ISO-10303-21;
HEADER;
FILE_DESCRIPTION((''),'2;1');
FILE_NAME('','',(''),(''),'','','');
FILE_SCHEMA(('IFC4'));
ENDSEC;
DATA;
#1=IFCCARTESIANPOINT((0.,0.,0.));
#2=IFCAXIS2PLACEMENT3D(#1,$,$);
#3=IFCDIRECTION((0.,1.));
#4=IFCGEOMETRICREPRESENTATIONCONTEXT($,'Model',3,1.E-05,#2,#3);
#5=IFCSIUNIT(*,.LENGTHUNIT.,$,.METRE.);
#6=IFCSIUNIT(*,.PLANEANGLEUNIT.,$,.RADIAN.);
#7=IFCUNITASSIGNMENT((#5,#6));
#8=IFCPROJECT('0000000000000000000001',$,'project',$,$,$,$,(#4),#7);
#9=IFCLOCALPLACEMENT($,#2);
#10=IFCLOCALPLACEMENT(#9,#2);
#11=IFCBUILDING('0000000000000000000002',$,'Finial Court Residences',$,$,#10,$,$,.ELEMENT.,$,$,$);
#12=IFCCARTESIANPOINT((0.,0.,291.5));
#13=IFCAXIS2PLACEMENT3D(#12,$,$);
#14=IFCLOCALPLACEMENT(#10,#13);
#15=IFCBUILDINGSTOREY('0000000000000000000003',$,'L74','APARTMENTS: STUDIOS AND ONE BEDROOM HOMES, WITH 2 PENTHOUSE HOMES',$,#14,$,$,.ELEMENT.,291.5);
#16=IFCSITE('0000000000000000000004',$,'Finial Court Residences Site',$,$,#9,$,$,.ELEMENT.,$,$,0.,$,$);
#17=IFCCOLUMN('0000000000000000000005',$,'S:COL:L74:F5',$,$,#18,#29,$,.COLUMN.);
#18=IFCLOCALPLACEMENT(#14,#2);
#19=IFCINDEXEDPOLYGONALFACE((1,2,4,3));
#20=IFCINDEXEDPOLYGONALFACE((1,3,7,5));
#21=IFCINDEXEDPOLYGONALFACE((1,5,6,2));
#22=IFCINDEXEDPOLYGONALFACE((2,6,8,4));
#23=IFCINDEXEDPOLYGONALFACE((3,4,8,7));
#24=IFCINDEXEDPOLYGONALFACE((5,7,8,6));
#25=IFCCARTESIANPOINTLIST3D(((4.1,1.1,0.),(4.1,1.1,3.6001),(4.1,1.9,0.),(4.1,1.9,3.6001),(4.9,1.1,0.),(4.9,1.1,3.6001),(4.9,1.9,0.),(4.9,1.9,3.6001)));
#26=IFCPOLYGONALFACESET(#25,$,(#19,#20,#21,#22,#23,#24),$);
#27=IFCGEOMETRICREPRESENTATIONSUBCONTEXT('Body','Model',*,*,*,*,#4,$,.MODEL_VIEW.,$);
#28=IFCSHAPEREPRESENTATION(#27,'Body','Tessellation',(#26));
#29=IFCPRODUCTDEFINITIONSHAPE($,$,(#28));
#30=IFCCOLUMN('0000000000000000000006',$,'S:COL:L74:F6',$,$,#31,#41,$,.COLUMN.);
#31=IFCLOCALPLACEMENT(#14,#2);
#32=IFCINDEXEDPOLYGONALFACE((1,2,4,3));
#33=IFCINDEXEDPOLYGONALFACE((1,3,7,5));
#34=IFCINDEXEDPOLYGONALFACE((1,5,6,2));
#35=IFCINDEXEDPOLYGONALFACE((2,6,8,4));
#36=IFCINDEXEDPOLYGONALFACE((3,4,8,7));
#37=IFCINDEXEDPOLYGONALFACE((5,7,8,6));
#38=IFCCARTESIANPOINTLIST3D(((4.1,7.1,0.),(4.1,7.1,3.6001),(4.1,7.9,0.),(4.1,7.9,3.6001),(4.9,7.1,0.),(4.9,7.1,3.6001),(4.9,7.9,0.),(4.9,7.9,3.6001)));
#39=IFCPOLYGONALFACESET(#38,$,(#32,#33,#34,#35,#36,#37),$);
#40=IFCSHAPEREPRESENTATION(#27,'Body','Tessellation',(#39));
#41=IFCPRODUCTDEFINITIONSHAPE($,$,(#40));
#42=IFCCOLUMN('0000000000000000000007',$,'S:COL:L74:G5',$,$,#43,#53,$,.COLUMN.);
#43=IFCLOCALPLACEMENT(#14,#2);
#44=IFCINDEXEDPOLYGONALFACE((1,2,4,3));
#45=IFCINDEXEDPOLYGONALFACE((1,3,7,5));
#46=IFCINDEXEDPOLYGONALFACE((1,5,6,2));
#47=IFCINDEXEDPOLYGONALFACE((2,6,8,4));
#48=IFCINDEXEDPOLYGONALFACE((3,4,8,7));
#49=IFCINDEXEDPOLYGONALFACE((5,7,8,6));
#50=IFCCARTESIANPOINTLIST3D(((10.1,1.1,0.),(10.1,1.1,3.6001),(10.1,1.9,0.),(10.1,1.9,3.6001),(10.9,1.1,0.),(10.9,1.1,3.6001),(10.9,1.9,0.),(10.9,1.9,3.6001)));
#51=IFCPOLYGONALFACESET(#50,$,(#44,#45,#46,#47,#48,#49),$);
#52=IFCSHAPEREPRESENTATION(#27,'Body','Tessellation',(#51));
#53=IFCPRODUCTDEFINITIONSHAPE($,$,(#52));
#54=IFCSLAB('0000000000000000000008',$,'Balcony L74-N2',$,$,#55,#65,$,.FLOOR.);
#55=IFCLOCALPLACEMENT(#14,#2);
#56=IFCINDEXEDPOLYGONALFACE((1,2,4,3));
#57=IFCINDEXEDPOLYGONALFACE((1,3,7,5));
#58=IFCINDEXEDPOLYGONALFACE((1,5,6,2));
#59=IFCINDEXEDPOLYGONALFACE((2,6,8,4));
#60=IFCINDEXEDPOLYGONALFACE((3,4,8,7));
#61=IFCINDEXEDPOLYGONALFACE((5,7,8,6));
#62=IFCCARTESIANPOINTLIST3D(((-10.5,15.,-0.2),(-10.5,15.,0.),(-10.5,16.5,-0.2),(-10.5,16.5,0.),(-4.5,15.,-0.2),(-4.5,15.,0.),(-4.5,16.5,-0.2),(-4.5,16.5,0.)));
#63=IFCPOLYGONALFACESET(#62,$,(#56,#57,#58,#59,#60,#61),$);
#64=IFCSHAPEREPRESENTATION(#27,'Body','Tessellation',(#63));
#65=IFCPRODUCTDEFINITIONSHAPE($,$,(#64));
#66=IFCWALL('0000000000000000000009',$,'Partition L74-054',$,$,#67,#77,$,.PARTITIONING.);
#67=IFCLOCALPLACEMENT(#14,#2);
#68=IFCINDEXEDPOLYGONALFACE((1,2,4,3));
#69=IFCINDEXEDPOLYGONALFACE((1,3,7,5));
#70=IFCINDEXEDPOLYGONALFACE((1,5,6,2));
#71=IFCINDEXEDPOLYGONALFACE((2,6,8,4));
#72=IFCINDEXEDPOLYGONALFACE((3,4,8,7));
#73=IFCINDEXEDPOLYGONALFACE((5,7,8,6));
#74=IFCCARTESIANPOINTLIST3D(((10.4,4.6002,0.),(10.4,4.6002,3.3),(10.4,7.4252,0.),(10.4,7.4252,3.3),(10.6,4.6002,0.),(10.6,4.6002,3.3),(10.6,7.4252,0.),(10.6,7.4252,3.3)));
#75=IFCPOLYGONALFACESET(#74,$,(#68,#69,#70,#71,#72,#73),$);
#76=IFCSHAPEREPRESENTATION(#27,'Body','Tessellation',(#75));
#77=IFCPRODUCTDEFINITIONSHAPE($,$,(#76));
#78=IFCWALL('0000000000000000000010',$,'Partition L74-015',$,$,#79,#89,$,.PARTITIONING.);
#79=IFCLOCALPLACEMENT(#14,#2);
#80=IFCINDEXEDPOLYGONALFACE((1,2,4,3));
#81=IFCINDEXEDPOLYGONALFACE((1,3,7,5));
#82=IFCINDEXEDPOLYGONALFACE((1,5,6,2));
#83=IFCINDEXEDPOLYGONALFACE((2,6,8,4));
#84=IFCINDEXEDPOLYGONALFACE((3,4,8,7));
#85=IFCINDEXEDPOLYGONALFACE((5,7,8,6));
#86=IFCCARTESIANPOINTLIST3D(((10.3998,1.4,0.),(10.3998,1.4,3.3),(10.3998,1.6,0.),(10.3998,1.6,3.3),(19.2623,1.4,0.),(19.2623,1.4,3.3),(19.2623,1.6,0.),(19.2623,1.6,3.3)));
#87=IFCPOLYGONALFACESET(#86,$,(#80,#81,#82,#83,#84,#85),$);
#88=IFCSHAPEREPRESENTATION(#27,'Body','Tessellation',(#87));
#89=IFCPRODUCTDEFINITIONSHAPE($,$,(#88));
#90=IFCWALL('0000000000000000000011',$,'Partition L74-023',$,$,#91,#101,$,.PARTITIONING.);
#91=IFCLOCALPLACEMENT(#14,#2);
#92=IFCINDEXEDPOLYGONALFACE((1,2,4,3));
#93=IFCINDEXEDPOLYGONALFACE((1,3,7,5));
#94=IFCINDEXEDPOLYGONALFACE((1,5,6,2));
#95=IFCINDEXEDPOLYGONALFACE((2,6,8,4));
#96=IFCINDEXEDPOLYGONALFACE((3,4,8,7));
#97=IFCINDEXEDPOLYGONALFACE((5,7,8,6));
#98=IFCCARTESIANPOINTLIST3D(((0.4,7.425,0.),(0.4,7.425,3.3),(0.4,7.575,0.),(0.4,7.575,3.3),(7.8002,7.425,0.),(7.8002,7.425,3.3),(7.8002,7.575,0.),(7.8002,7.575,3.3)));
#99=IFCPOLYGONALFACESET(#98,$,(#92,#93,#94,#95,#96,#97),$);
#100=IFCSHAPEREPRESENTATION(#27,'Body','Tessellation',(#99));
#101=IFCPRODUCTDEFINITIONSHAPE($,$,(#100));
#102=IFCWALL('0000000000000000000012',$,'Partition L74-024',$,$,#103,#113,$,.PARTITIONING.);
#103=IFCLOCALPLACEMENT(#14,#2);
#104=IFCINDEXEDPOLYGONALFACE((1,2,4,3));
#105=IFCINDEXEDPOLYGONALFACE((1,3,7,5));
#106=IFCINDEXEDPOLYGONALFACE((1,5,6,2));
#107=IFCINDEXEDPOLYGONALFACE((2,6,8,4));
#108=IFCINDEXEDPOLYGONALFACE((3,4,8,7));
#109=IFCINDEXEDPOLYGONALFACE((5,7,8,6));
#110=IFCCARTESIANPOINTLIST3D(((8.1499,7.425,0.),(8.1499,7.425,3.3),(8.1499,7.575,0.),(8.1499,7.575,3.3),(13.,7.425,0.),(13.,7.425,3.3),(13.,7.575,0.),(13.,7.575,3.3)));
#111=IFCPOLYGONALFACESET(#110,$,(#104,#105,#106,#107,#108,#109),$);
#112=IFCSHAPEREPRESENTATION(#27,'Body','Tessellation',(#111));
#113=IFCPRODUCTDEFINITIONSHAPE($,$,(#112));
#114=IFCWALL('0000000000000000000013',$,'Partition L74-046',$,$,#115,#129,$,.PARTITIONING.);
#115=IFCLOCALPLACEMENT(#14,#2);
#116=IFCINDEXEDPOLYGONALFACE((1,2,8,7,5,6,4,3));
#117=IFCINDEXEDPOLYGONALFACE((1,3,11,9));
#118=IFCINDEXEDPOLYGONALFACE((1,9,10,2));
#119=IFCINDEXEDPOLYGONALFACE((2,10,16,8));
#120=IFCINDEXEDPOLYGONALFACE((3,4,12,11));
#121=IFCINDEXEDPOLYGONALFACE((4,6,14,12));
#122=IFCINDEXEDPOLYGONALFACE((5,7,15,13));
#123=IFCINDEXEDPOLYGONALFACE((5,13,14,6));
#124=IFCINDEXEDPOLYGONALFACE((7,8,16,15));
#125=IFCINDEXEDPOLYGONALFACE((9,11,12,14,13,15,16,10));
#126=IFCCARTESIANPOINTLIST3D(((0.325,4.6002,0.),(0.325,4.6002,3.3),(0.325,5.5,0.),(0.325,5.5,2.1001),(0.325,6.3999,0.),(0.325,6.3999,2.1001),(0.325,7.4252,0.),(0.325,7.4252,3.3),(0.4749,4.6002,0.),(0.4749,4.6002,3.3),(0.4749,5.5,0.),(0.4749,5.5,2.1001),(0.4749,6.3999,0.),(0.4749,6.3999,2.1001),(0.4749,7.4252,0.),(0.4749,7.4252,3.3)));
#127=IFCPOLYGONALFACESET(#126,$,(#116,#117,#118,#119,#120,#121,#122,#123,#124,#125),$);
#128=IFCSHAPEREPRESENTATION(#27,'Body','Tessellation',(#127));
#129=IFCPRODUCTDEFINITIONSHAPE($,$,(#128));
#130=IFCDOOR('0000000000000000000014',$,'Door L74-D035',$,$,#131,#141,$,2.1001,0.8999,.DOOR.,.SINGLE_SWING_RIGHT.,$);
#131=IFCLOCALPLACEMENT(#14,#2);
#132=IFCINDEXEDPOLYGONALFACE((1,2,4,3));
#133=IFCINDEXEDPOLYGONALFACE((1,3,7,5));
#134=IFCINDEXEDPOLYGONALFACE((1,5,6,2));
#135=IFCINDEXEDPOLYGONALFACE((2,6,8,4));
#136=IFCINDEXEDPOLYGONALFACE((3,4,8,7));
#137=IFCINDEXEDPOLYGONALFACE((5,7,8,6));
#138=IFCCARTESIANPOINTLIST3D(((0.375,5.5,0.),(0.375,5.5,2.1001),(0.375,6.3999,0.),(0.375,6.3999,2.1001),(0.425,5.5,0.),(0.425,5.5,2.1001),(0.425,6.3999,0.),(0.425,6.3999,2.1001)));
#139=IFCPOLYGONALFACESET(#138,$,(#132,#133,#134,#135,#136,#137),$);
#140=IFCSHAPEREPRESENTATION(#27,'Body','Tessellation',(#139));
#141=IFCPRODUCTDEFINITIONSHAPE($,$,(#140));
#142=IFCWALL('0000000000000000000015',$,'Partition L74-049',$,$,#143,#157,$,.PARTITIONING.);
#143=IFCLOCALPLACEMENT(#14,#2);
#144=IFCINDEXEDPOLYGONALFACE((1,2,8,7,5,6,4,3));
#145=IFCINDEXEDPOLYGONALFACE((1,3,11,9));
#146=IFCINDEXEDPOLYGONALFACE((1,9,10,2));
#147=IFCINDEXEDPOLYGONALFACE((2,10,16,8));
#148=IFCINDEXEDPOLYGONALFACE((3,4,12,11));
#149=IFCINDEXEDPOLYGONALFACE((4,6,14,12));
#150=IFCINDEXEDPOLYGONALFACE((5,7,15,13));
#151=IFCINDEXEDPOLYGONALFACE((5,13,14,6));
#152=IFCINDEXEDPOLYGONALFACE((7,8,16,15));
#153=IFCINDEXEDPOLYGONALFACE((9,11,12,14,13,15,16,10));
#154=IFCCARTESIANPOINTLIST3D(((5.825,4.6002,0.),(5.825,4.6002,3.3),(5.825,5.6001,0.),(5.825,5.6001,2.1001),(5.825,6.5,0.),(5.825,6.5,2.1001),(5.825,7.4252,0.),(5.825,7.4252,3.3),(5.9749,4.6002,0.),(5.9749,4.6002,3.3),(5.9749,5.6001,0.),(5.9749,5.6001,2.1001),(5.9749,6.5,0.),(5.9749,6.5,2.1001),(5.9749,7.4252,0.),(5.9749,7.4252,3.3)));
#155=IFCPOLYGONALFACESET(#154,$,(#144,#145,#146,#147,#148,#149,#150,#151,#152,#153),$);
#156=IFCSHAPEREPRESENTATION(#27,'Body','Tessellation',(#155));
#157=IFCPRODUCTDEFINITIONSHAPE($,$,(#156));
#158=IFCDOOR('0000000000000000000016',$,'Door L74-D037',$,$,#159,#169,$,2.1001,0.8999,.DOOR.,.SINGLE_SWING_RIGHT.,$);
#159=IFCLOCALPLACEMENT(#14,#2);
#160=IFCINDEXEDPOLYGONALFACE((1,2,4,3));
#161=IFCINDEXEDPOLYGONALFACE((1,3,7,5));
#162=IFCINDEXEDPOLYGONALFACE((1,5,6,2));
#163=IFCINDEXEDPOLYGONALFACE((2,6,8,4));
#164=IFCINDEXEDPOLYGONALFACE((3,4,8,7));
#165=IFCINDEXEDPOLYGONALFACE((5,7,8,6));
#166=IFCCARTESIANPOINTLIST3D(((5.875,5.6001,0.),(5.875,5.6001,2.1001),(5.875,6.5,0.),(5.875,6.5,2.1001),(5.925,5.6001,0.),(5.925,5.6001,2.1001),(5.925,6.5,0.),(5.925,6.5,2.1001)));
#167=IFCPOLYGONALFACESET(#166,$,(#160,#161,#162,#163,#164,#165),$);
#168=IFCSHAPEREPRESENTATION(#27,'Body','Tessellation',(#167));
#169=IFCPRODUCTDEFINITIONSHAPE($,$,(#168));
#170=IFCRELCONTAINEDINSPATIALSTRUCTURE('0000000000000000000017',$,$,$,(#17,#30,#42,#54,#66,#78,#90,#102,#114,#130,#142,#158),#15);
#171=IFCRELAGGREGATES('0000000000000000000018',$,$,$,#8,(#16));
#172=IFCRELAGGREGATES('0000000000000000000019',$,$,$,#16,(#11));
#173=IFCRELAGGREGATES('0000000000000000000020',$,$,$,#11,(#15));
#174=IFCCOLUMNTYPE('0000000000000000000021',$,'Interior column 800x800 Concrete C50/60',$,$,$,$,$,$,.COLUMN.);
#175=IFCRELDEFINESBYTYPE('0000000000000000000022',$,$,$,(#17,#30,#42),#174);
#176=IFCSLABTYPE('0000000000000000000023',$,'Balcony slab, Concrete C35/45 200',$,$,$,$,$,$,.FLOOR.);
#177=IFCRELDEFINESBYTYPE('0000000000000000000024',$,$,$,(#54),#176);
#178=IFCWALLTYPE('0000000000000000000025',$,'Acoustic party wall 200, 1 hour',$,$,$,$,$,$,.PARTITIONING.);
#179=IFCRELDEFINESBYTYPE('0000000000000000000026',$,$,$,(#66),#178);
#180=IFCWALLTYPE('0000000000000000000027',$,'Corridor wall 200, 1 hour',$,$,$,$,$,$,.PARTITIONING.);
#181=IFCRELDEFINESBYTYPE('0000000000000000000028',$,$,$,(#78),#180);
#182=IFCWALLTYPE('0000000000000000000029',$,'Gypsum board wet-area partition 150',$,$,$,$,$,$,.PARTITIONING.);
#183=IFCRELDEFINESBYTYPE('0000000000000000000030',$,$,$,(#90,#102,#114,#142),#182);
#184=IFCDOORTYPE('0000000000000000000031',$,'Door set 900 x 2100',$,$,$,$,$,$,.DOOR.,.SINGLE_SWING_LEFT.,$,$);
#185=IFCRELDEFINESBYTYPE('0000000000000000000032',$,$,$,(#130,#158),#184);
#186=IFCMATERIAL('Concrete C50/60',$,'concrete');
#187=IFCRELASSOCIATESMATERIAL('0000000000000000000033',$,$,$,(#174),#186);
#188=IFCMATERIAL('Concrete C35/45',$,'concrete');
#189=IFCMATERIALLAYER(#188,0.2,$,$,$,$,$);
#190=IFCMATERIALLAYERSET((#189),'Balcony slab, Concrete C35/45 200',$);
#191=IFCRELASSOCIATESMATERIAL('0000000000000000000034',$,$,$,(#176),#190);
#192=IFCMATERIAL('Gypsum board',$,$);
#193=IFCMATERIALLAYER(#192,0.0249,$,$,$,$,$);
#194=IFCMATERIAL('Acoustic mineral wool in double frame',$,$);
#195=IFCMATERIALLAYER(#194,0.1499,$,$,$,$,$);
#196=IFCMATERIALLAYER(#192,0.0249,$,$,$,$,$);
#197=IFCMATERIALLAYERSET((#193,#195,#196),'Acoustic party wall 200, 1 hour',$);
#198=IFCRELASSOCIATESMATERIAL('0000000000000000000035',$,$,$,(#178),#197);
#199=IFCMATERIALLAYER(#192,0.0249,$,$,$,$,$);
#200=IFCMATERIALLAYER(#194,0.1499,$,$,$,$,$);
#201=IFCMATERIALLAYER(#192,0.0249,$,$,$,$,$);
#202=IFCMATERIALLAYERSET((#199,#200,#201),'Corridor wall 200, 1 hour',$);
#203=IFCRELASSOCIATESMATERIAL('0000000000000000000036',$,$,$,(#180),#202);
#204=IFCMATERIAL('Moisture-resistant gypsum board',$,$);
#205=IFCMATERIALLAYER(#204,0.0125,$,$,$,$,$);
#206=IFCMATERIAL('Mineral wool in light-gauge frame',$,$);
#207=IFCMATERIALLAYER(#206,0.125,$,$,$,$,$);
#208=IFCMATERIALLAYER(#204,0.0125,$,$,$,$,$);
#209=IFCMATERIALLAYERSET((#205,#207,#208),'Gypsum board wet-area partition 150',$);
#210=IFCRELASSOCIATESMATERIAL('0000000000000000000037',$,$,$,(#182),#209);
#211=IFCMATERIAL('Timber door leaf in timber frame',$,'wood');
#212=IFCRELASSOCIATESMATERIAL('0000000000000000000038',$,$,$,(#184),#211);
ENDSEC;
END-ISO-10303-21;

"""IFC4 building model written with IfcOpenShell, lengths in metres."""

from ifc_helpers import new_model, si_unit, direction, frame, frame_2d, origin, origin_2d, place, context, subcontext, project, spatial, polyline, rectangle, outline, extrude, material, layer, layer_set, material_profile, profile_set, type_object, element, fill, save


model = new_model("IFC4")

# Units and contexts
model_context = context("Model", 3, precision=1e-05, world=origin(), true_north=direction((0.0, 1.0)))
body_context = subcontext(model_context, "Body", "Model", "MODEL_VIEW")
ifc_project = project(units=[si_unit("LENGTHUNIT", "METRE"), si_unit("PLANEANGLEUNIT", "RADIAN")], contexts=[model_context])

# Site, building, storey
site_placement = place(None, origin())
site = spatial("IfcSite", under=ifc_project, at=site_placement, Name="Finial Court Residences Site", CompositionType="ELEMENT", RefElevation=0.0)
building_placement = place(site_placement, origin())
building = spatial("IfcBuilding", under=site, at=building_placement, Name="Finial Court Residences", CompositionType="ELEMENT")
storey_placement = place(building_placement, frame((0.0, 0.0, 291.5)))
storey = spatial("IfcBuildingStorey", under=building, at=storey_placement, Name="L74", Description="APARTMENTS: STUDIOS AND ONE BEDROOM HOMES, WITH 2 PENTHOUSE HOMES", CompositionType="ELEMENT", Elevation=291.5)

# Columns
ifc_material_1 = material(Name="Concrete C50/60", Category="concrete")
ifc_material_profile = material_profile(ifc_material_1, rectangle(XDim=0.8, YDim=0.8, at=origin_2d()), Name="800x800")
ifc_profile_set = profile_set([ifc_material_profile], Name="Concrete C50/60")
column_type = type_object("IfcColumnType", Name="Interior column 800x800 Concrete C50/60", PredefinedType="COLUMN", material=ifc_profile_set)
for number, where, z_axis, x_axis, name in (
    (1, (4.5, 1.5, 0.0), (0.0, 0.0, 1.0), (1.0, 0.0, 0.0), "S:COL:L74:F5"),
    (2, (4.5, 7.5, 0.0), (0.0, 0.0, 1.0), (1.0, 0.0, 0.0), "S:COL:L74:F6"),
    (3, (10.5, 1.5, 0.0), (0.0, 0.0, 1.0), (1.0, 0.0, 0.0), "S:COL:L74:G5"),
):
    element("IfcColumn", number, at=place(storey_placement, frame(where, z_axis=z_axis, x_axis=x_axis)), inside=storey, type_object=column_type, Name=name, PredefinedType="COLUMN", context=body_context, shape_type="SweptSolid", body=[
        extrude(rectangle(XDim=0.8, YDim=0.8, at=origin_2d()), origin(), (0.0, 0.0, 1.0), 3.6001),
    ])

# Slab
ifc_material_2 = material(Name="Concrete C35/45", Category="concrete")
ifc_layer_1 = layer(ifc_material_2, 0.2)
ifc_layer_set_1 = layer_set([ifc_layer_1], Name="Balcony slab, Concrete C35/45 200")
slab_type = type_object("IfcSlabType", Name="Balcony slab, Concrete C35/45 200", PredefinedType="FLOOR", material=ifc_layer_set_1)
slab_placement = place(storey_placement, frame((0.0, 0.0, -0.2)))
element("IfcSlab", 4, at=slab_placement, inside=storey, type_object=slab_type, Name="Balcony L74-N2", PredefinedType="FLOOR", context=body_context, shape_type="SweptSolid", body=[
    extrude(outline(polyline([(-4.5, 15.0), (-4.5, 16.5), (-10.5, 16.5), (-10.5, 15.0), (-4.5, 15.0)])), origin(), (0.0, 0.0, 1.0), 0.2),
])

# Walls
ifc_material_3 = material(Name="Gypsum board")
ifc_layer_2 = layer(ifc_material_3, 0.0249)
ifc_material_4 = material(Name="Acoustic mineral wool in double frame")
ifc_layer_3 = layer(ifc_material_4, 0.1499)
ifc_layer_4 = layer(ifc_material_3, 0.0249)
ifc_layer_set_2 = layer_set([ifc_layer_2, ifc_layer_3, ifc_layer_4], Name="Acoustic party wall 200, 1 hour")
wall_type_1 = type_object("IfcWallType", Name="Acoustic party wall 200, 1 hour", PredefinedType="PARTITIONING", material=ifc_layer_set_2)
wall_1_placement = place(storey_placement, frame((10.5, 4.6001, 0.0), z_axis=(0.0, 0.0, 1.0), x_axis=(0.0, 1.0, 0.0)))
element("IfcWall", 5, at=wall_1_placement, inside=storey, type_object=wall_type_1, Name="Partition L74-054", PredefinedType="PARTITIONING", context=body_context, shape_type="SweptSolid", body=[
    extrude(rectangle(XDim=2.825, YDim=0.2, at=frame_2d((1.4126, 0.0))), origin(), (0.0, 0.0, 1.0), 3.3),
])
ifc_layer_5 = layer(ifc_material_3, 0.0249)
ifc_layer_6 = layer(ifc_material_4, 0.1499)
ifc_layer_7 = layer(ifc_material_3, 0.0249)
ifc_layer_set_3 = layer_set([ifc_layer_5, ifc_layer_6, ifc_layer_7], Name="Corridor wall 200, 1 hour")
wall_type_2 = type_object("IfcWallType", Name="Corridor wall 200, 1 hour", PredefinedType="PARTITIONING", material=ifc_layer_set_3)
wall_2_placement = place(storey_placement, frame((10.3999, 1.5, 0.0), z_axis=(0.0, 0.0, 1.0), x_axis=(1.0, 0.0, 0.0)))
element("IfcWall", 6, at=wall_2_placement, inside=storey, type_object=wall_type_2, Name="Partition L74-015", PredefinedType="PARTITIONING", context=body_context, shape_type="SweptSolid", body=[
    extrude(rectangle(XDim=8.8625, YDim=0.2, at=frame_2d((4.4312, 0.0))), origin(), (0.0, 0.0, 1.0), 3.3),
])
ifc_material_5 = material(Name="Moisture-resistant gypsum board")
ifc_layer_8 = layer(ifc_material_5, 0.0125)
ifc_material_6 = material(Name="Mineral wool in light-gauge frame")
ifc_layer_9 = layer(ifc_material_6, 0.125)
ifc_layer_10 = layer(ifc_material_5, 0.0125)
ifc_layer_set_4 = layer_set([ifc_layer_8, ifc_layer_9, ifc_layer_10], Name="Gypsum board wet-area partition 150")
wall_type_3 = type_object("IfcWallType", Name="Gypsum board wet-area partition 150", PredefinedType="PARTITIONING", material=ifc_layer_set_4)
wall_3_placement = place(storey_placement, frame((0.3999, 7.5, 0.0), z_axis=(0.0, 0.0, 1.0), x_axis=(1.0, 0.0, 0.0)))
element("IfcWall", 7, at=wall_3_placement, inside=storey, type_object=wall_type_3, Name="Partition L74-023", PredefinedType="PARTITIONING", context=body_context, shape_type="SweptSolid", body=[
    extrude(rectangle(XDim=7.4001, YDim=0.1499, at=frame_2d((3.7002, 0.0))), origin(), (0.0, 0.0, 1.0), 3.3),
])
wall_4_placement = place(storey_placement, frame((8.1499, 7.5, 0.0), z_axis=(0.0, 0.0, 1.0), x_axis=(1.0, 0.0, 0.0)))
element("IfcWall", 8, at=wall_4_placement, inside=storey, type_object=wall_type_3, Name="Partition L74-024", PredefinedType="PARTITIONING", context=body_context, shape_type="SweptSolid", body=[
    extrude(rectangle(XDim=4.8501, YDim=0.1499, at=frame_2d((2.425, 0.0))), origin(), (0.0, 0.0, 1.0), 3.3),
])

# Walls, openings, doors
wall_5_placement = place(storey_placement, frame((0.3999, 4.6001, 0.0), z_axis=(0.0, 0.0, 1.0), x_axis=(0.0, 1.0, 0.0)))
wall_5 = element("IfcWall", 9, at=wall_5_placement, inside=storey, type_object=wall_type_3, Name="Partition L74-046", PredefinedType="PARTITIONING", context=body_context, shape_type="SweptSolid", body=[
    extrude(rectangle(XDim=2.825, YDim=0.1499, at=frame_2d((1.4126, 0.0))), origin(), (0.0, 0.0, 1.0), 3.3),
])
opening_1_placement = place(wall_5_placement, frame((0.8999, 0.0, 0.0)))
opening_1 = element("IfcOpeningElement", 10, at=opening_1_placement, cuts=wall_5, PredefinedType="OPENING", context=body_context, shape_type="SweptSolid", body=[
    extrude(rectangle(XDim=0.8999, YDim=2.1001, at=frame_2d((0.45, 1.05))), frame((0.0, 0.085, 0.0), z_axis=(0.0, -1.0, 0.0), x_axis=(1.0, 0.0, 0.0)), (0.0, 0.0, 1.0), 0.1699),
])
ifc_material_7 = material(Name="Timber door leaf in timber frame", Category="wood")
door_type = type_object("IfcDoorType", Name="Door set 900 x 2100", OperationType="SINGLE_SWING_LEFT", PredefinedType="DOOR", material=ifc_material_7)
door_1_placement = place(opening_1_placement, origin())
door_1 = element("IfcDoor", 11, at=door_1_placement, inside=storey, type_object=door_type, Name="Door L74-D035", OperationType="SINGLE_SWING_RIGHT", OverallHeight=2.1001, OverallWidth=0.8999, PredefinedType="DOOR", context=body_context, shape_type="SweptSolid", body=[
    extrude(rectangle(XDim=0.8999, YDim=2.1001, at=frame_2d((0.45, 1.05))), frame((0.0, 0.0249, 0.0), z_axis=(0.0, -1.0, 0.0), x_axis=(1.0, 0.0, 0.0)), (0.0, 0.0, 1.0), 0.05),
])
fill(opening_1, door_1)
wall_6_placement = place(storey_placement, frame((5.8999, 4.6001, 0.0), z_axis=(0.0, 0.0, 1.0), x_axis=(0.0, 1.0, 0.0)))
wall_6 = element("IfcWall", 12, at=wall_6_placement, inside=storey, type_object=wall_type_3, Name="Partition L74-049", PredefinedType="PARTITIONING", context=body_context, shape_type="SweptSolid", body=[
    extrude(rectangle(XDim=2.825, YDim=0.1499, at=frame_2d((1.4126, 0.0))), origin(), (0.0, 0.0, 1.0), 3.3),
])
opening_2_placement = place(wall_6_placement, frame((1.0, 0.0, 0.0)))
opening_2 = element("IfcOpeningElement", 13, at=opening_2_placement, cuts=wall_6, PredefinedType="OPENING", context=body_context, shape_type="SweptSolid", body=[
    extrude(rectangle(XDim=0.8999, YDim=2.1001, at=frame_2d((0.45, 1.05))), frame((0.0, 0.085, 0.0), z_axis=(0.0, -1.0, 0.0), x_axis=(1.0, 0.0, 0.0)), (0.0, 0.0, 1.0), 0.1699),
])
door_2_placement = place(opening_2_placement, origin())
door_2 = element("IfcDoor", 14, at=door_2_placement, inside=storey, type_object=door_type, Name="Door L74-D037", OperationType="SINGLE_SWING_RIGHT", OverallHeight=2.1001, OverallWidth=0.8999, PredefinedType="DOOR", context=body_context, shape_type="SweptSolid", body=[
    extrude(rectangle(XDim=0.8999, YDim=2.1001, at=frame_2d((0.45, 1.05))), frame((0.0, 0.0249, 0.0), z_axis=(0.0, -1.0, 0.0), x_axis=(1.0, 0.0, 0.0)), (0.0, 0.0, 1.0), 0.05),
])
fill(opening_2, door_2)

save(model, "model.ifc")
